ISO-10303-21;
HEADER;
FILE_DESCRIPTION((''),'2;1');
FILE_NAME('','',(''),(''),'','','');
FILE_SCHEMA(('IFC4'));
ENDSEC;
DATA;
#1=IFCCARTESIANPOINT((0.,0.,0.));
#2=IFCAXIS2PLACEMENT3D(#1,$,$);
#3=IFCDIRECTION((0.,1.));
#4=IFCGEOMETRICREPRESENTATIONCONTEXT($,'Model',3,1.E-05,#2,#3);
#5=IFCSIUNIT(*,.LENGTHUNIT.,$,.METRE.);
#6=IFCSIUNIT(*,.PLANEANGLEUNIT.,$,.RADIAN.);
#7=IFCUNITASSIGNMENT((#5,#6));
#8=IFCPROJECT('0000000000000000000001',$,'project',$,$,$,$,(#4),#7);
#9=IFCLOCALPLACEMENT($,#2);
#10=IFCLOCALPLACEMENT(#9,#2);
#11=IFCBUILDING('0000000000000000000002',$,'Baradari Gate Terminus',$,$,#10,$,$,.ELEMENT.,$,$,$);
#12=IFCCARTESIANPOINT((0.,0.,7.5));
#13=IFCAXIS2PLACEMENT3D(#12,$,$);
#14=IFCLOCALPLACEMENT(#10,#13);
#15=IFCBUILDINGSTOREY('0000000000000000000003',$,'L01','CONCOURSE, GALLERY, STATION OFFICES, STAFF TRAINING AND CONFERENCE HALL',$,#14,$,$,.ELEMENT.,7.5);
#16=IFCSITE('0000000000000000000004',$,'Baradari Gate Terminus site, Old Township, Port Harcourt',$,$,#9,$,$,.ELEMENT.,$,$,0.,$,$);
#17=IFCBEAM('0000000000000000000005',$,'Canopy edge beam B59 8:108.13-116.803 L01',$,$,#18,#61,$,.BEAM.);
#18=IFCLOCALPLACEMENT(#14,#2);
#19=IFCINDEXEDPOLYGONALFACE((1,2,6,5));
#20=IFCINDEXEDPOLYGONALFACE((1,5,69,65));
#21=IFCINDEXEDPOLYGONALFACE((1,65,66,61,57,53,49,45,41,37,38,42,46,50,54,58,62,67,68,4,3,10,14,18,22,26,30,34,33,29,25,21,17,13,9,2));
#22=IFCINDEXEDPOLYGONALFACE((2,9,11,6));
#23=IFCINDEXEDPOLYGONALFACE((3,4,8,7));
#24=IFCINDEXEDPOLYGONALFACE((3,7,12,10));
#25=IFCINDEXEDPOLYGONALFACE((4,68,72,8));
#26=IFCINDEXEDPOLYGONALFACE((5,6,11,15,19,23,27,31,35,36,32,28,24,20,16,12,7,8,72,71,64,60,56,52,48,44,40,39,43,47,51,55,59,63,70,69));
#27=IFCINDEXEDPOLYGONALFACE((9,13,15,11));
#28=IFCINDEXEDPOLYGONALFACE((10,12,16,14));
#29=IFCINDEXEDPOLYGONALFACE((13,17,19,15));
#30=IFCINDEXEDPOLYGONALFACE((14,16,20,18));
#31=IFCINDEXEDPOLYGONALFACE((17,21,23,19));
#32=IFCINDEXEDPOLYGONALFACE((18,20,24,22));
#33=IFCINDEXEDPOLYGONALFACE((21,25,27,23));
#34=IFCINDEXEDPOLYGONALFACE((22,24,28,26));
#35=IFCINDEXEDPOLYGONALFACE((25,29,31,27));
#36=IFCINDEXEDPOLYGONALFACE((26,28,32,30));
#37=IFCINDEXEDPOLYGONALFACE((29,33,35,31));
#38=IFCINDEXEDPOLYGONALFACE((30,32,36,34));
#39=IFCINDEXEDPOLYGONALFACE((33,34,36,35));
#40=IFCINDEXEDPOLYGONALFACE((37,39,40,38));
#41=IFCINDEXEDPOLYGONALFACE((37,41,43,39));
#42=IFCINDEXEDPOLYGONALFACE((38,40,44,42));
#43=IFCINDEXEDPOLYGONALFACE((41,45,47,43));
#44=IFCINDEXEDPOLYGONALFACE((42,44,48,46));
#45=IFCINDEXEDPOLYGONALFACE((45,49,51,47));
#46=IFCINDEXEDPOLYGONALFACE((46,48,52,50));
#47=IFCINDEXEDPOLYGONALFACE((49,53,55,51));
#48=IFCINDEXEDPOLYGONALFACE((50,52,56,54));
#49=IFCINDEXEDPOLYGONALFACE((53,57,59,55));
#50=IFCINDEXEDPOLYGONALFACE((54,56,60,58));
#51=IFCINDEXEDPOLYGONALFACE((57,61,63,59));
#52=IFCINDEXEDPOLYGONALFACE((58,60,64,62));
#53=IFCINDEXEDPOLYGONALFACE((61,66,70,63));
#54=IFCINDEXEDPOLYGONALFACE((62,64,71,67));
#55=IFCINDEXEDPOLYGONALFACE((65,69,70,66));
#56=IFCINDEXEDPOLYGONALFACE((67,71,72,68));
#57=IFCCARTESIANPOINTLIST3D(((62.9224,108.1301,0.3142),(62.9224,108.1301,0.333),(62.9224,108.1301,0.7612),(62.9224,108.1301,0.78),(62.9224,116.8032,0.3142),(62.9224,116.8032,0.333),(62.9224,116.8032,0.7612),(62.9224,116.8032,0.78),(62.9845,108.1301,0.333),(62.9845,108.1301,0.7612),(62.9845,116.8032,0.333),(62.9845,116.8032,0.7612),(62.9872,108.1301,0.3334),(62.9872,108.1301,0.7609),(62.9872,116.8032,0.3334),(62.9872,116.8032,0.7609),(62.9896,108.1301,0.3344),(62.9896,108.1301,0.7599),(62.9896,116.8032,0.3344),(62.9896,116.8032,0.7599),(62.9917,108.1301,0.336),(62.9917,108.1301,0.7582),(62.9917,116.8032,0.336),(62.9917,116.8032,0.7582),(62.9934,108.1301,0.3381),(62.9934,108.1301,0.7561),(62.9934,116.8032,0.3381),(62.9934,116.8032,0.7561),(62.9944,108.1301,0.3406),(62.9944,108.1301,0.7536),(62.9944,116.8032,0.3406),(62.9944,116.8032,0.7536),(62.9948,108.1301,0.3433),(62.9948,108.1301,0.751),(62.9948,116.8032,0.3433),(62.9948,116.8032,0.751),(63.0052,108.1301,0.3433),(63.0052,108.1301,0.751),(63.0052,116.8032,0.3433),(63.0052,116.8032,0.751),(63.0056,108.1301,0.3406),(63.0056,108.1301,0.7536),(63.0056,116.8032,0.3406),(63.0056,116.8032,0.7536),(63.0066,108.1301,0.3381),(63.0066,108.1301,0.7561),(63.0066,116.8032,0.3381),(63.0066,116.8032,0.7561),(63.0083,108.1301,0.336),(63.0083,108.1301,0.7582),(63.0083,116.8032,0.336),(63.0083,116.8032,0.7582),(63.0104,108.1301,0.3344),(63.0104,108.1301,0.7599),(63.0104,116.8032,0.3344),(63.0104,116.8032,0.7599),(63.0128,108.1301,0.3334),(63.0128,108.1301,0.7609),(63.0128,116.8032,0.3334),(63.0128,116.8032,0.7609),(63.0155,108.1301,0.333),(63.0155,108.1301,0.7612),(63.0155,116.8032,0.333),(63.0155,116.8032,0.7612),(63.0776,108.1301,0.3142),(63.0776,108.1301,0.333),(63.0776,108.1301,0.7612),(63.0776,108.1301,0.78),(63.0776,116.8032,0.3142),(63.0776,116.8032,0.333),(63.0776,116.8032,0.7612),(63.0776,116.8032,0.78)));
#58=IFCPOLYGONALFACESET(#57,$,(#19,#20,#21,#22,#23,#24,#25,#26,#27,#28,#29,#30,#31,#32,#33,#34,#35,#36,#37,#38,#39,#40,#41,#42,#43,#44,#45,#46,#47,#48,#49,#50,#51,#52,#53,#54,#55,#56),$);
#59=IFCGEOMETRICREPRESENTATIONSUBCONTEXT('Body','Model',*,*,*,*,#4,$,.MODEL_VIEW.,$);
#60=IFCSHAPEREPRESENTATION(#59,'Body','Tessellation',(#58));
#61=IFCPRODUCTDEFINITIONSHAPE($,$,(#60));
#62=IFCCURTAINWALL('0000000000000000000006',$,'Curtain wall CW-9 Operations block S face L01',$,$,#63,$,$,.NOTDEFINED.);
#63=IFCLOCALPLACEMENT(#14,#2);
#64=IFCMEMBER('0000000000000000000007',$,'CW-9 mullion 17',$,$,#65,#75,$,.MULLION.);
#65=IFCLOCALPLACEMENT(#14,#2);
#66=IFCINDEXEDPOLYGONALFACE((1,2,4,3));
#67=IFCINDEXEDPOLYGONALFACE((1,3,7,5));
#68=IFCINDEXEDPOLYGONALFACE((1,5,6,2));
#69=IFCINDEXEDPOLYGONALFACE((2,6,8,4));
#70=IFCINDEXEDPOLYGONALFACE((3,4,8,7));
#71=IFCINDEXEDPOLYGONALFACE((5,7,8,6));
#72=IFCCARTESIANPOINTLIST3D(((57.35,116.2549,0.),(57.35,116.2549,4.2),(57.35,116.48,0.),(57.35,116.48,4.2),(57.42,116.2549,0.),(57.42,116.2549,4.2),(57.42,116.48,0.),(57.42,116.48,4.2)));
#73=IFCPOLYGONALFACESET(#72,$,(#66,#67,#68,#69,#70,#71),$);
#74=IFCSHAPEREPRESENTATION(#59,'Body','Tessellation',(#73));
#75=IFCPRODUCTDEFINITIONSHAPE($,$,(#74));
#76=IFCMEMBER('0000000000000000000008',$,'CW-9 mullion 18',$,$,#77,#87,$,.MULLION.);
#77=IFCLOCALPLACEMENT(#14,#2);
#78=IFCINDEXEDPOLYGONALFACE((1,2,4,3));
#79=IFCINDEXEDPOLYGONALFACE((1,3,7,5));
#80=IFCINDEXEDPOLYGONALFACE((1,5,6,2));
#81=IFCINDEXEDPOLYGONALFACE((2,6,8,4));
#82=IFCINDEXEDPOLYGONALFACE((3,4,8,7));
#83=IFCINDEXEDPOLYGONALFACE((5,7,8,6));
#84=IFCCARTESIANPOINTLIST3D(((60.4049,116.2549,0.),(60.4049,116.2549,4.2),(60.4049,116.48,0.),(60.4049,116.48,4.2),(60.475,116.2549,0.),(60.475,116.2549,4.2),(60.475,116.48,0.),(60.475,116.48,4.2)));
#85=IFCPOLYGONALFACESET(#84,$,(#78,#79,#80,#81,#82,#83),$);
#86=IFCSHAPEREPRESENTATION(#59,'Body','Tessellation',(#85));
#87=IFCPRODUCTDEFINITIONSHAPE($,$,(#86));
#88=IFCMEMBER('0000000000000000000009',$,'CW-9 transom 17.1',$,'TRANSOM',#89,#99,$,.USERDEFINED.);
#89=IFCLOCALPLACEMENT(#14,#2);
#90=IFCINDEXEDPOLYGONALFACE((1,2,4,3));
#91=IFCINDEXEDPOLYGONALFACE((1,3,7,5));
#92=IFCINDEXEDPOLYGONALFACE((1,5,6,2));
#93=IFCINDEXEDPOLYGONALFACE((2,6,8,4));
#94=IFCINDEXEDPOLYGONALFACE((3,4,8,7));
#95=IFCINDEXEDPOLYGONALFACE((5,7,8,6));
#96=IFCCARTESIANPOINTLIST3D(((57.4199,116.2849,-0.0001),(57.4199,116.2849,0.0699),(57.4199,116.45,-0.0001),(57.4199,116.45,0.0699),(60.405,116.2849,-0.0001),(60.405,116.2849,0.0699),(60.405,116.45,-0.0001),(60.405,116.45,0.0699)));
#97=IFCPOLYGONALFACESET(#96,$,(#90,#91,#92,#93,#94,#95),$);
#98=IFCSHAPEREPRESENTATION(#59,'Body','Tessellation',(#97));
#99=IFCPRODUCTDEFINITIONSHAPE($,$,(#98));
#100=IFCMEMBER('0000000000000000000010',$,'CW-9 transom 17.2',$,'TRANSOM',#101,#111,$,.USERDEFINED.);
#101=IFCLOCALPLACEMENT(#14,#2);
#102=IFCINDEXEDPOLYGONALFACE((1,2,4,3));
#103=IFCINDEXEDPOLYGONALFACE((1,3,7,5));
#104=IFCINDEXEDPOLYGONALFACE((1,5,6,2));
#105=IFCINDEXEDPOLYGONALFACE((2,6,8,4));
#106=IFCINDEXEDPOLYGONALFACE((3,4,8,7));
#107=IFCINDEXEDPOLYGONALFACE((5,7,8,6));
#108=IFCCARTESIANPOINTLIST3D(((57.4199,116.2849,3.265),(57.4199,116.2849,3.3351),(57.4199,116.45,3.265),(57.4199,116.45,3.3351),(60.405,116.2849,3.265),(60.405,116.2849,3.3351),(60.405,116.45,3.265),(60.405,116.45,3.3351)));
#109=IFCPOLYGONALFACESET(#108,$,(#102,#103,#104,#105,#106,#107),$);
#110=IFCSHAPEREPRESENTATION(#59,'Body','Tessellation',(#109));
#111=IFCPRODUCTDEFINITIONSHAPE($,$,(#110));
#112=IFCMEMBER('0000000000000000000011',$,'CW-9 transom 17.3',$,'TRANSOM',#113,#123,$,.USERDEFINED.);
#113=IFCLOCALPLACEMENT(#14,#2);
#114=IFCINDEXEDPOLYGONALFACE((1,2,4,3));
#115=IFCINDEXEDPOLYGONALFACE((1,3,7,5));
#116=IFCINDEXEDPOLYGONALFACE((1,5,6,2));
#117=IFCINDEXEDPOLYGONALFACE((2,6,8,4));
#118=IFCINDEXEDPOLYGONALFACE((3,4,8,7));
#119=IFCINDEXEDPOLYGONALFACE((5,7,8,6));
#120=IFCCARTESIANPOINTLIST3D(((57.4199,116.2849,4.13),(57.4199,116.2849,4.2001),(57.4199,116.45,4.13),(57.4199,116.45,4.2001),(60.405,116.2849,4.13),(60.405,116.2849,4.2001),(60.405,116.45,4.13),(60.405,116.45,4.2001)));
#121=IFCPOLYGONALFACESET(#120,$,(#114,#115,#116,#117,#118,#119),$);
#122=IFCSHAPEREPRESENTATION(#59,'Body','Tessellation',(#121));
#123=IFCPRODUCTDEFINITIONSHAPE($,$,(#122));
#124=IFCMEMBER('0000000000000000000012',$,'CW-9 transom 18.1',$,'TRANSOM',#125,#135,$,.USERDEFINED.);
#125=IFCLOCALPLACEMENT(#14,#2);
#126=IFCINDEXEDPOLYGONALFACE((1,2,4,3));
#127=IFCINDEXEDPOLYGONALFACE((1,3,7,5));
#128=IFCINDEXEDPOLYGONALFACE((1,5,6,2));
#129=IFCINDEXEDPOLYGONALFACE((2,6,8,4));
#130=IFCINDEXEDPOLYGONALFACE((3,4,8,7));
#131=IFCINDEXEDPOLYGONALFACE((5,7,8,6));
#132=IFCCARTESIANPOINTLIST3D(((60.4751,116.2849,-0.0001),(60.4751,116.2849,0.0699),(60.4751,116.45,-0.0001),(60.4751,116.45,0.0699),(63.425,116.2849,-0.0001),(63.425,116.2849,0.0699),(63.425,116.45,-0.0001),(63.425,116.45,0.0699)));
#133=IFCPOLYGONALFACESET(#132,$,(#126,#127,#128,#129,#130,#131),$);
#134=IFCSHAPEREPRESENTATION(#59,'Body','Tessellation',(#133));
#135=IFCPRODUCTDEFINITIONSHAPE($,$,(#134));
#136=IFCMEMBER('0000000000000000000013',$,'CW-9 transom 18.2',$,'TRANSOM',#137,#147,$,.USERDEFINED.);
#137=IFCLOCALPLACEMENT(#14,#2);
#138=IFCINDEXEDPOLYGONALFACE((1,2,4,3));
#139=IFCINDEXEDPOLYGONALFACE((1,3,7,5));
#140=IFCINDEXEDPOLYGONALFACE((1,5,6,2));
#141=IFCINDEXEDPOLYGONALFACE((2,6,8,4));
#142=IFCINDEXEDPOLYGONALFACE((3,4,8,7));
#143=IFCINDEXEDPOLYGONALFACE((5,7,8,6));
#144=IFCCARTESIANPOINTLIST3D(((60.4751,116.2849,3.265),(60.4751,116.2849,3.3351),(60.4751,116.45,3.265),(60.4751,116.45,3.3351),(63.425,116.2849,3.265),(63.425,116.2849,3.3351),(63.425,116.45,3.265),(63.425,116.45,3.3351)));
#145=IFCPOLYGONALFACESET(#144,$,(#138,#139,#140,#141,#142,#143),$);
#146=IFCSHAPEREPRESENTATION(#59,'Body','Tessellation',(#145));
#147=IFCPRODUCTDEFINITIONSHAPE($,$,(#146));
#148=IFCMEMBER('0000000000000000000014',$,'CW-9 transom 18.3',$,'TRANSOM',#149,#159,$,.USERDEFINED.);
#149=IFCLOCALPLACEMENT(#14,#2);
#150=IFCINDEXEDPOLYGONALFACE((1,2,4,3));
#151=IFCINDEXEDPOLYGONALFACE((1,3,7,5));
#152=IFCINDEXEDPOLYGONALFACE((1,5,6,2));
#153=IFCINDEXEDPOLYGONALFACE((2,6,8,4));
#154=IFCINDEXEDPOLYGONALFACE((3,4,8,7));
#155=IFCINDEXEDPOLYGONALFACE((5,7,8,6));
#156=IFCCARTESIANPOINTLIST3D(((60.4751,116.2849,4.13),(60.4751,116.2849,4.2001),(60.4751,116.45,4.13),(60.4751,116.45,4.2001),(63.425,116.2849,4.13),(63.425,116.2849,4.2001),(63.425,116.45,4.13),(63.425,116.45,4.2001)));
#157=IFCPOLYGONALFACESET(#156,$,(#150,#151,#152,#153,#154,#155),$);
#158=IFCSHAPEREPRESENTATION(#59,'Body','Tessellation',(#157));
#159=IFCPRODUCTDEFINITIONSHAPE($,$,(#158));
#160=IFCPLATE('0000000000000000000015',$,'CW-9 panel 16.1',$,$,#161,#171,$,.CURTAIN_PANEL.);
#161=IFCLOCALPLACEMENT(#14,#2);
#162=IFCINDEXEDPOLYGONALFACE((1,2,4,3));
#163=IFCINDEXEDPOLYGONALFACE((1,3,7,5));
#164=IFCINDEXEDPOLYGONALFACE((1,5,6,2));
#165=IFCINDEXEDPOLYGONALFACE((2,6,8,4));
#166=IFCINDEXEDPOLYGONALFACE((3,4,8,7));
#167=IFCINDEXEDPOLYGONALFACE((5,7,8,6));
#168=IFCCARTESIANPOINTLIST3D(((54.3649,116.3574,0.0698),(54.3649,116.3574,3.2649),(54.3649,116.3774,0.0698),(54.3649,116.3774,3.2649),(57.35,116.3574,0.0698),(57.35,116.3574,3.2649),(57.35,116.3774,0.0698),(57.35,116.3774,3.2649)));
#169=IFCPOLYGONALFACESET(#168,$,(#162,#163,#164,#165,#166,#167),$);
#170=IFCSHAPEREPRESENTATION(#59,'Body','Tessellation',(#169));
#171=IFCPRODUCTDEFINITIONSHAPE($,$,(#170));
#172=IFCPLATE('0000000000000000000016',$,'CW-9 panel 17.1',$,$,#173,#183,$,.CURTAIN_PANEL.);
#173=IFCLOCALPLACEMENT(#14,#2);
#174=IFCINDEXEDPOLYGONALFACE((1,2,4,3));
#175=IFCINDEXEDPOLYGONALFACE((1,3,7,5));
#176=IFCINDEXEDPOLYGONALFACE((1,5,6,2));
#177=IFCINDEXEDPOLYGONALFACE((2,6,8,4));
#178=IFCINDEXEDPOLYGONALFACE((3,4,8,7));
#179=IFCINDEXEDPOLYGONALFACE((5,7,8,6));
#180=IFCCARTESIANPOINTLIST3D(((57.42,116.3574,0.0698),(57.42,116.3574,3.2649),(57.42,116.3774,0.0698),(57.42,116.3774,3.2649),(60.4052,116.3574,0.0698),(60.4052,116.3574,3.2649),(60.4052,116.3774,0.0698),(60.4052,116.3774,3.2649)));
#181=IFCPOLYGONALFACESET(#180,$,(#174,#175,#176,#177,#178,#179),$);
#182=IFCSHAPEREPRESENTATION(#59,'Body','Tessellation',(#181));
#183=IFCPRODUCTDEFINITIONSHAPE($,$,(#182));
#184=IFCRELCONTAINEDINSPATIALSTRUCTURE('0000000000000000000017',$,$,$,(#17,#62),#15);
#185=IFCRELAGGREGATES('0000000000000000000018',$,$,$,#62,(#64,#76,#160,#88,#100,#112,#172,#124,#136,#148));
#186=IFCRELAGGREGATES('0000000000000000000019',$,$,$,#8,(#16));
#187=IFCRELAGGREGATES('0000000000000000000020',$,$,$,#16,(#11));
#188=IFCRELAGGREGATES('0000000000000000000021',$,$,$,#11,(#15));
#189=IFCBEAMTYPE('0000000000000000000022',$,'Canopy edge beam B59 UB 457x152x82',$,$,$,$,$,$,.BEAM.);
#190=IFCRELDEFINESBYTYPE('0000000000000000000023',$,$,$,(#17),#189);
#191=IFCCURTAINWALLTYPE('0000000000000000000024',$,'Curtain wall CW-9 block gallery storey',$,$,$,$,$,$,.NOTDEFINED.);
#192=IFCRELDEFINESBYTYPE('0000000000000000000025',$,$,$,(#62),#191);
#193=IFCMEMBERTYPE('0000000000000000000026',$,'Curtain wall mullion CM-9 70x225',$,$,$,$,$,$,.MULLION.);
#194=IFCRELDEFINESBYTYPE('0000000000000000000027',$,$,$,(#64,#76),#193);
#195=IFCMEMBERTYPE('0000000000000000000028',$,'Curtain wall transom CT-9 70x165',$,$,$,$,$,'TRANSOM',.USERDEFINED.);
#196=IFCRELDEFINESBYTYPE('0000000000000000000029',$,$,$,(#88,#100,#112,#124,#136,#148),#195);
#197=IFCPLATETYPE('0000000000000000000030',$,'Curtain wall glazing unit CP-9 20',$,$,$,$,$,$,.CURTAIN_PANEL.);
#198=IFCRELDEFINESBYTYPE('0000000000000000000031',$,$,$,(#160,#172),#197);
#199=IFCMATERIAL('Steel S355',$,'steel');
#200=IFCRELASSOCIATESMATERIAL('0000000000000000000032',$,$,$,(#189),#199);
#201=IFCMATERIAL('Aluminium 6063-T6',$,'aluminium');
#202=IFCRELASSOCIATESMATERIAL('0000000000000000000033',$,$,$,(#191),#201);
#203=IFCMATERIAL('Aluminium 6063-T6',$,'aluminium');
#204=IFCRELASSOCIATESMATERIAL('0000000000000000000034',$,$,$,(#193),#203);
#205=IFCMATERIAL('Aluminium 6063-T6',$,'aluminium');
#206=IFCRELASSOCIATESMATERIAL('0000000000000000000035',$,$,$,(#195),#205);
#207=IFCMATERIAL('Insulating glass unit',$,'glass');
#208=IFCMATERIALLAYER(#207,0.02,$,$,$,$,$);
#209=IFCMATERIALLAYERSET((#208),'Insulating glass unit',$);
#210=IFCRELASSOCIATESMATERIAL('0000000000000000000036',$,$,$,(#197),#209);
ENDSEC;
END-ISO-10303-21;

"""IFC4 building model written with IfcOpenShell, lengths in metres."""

from ifc_helpers import new_model, si_unit, direction, frame, origin, origin_2d, place, context, subcontext, project, spatial, rectangle, i_section, extrude, material, layer, layer_set, material_profile, profile_set, type_object, element, aggregate, save


model = new_model("IFC4")

# Units and contexts
model_context = context("Model", 3, precision=1e-05, world=origin(), true_north=direction((0.0, 1.0)))
body_context = subcontext(model_context, "Body", "Model", "MODEL_VIEW")
ifc_project = project(units=[si_unit("LENGTHUNIT", "METRE"), si_unit("PLANEANGLEUNIT", "RADIAN")], contexts=[model_context])

# Site, building, storey
site_placement = place(None, origin())
site = spatial("IfcSite", under=ifc_project, at=site_placement, Name="Baradari Gate Terminus site, Old Township, Port Harcourt", CompositionType="ELEMENT", RefElevation=0.0)
building_placement = place(site_placement, origin())
building = spatial("IfcBuilding", under=site, at=building_placement, Name="Baradari Gate Terminus", CompositionType="ELEMENT")
storey_placement = place(building_placement, frame((0.0, 0.0, 7.5)))
storey = spatial("IfcBuildingStorey", under=building, at=storey_placement, Name="L01", Description="CONCOURSE, GALLERY, STATION OFFICES, STAFF TRAINING AND CONFERENCE HALL", CompositionType="ELEMENT", Elevation=7.5)

# Beam
ifc_material_1 = material(Name="Steel S355", Category="steel")
ifc_material_profile_1 = material_profile(ifc_material_1, i_section(OverallWidth=0.1553, OverallDepth=0.4658, WebThickness=0.0105, FlangeThickness=0.0188, FilletRadius=0.0103, at=origin_2d()), Name="UB 457x152x82")
ifc_profile_set_1 = profile_set([ifc_material_profile_1], Name="Steel S355")
beam_type = type_object("IfcBeamType", Name="Canopy edge beam B59 UB 457x152x82", PredefinedType="BEAM", material=ifc_profile_set_1)
beam_placement = place(storey_placement, frame((63.0, 108.1301, 0.5471), z_axis=(0.0, 1.0, 0.0), x_axis=(-1.0, 0.0, 0.0)))
element("IfcBeam", 1, at=beam_placement, inside=storey, type_object=beam_type, Name="Canopy edge beam B59 8:108.13-116.803 L01", PredefinedType="BEAM", context=body_context, shape_type="SweptSolid", body=[
    extrude(i_section(OverallWidth=0.1553, OverallDepth=0.4658, WebThickness=0.0105, FlangeThickness=0.0188, FilletRadius=0.0103, at=origin_2d()), origin(), (0.0, 0.0, 1.0), 8.6731),
])

# Curtain wall, members, plates
ifc_material_2 = material(Name="Aluminium 6063-T6", Category="aluminium")
curtain_wall_type = type_object("IfcCurtainWallType", Name="Curtain wall CW-9 block gallery storey", PredefinedType="NOTDEFINED", material=ifc_material_2)
curtain_wall_placement = place(storey_placement, origin())
curtain_wall = element("IfcCurtainWall", 2, at=curtain_wall_placement, inside=storey, type_object=curtain_wall_type, Name="Curtain wall CW-9 Operations block S face L01", PredefinedType="NOTDEFINED")
ifc_material_3 = material(Name="Aluminium 6063-T6", Category="aluminium")
ifc_material_profile_2 = material_profile(ifc_material_3, rectangle(XDim=0.2251, YDim=0.0701, at=origin_2d()), Name="CM-9 70X225")
ifc_profile_set_2 = profile_set([ifc_material_profile_2], Name="Aluminium 6063-T6")
member_type_1 = type_object("IfcMemberType", Name="Curtain wall mullion CM-9 70x225", PredefinedType="MULLION", material=ifc_profile_set_2)
member_1_placement = place(storey_placement, frame((57.385, 116.3674, 0.0), z_axis=(0.0, 0.0, 1.0), x_axis=(0.0, 1.0, 0.0)))
member_1 = element("IfcMember", 3, at=member_1_placement, type_object=member_type_1, Name="CW-9 mullion 17", PredefinedType="MULLION", context=body_context, shape_type="SweptSolid", body=[
    extrude(rectangle(XDim=0.2251, YDim=0.0701, at=origin_2d()), origin(), (0.0, 0.0, 1.0), 4.2),
])
member_2_placement = place(storey_placement, frame((60.4399, 116.3674, 0.0), z_axis=(0.0, 0.0, 1.0), x_axis=(0.0, 1.0, 0.0)))
member_2 = element("IfcMember", 4, at=member_2_placement, type_object=member_type_1, Name="CW-9 mullion 18", PredefinedType="MULLION", context=body_context, shape_type="SweptSolid", body=[
    extrude(rectangle(XDim=0.2251, YDim=0.0701, at=origin_2d()), origin(), (0.0, 0.0, 1.0), 4.2),
])
ifc_material_4 = material(Name="Aluminium 6063-T6", Category="aluminium")
ifc_material_profile_3 = material_profile(ifc_material_4, rectangle(XDim=0.165, YDim=0.0701, at=origin_2d()), Name="CT-9 70X165")
ifc_profile_set_3 = profile_set([ifc_material_profile_3], Name="Aluminium 6063-T6")
member_type_2 = type_object("IfcMemberType", Name="Curtain wall transom CT-9 70x165", ElementType="TRANSOM", PredefinedType="USERDEFINED", material=ifc_profile_set_3)
member_3_placement = place(storey_placement, frame((57.4199, 116.3674, 0.0349), z_axis=(1.0, 0.0, 0.0), x_axis=(0.0, 1.0, 0.0)))
member_3 = element("IfcMember", 5, at=member_3_placement, type_object=member_type_2, Name="CW-9 transom 17.1", ObjectType="TRANSOM", PredefinedType="USERDEFINED", context=body_context, shape_type="SweptSolid", body=[
    extrude(rectangle(XDim=0.165, YDim=0.0701, at=origin_2d()), origin(), (0.0, 0.0, 1.0), 2.9851),
])
member_4_placement = place(storey_placement, frame((57.4199, 116.3674, 3.3), z_axis=(1.0, 0.0, 0.0), x_axis=(0.0, 1.0, 0.0)))
member_4 = element("IfcMember", 6, at=member_4_placement, type_object=member_type_2, Name="CW-9 transom 17.2", ObjectType="TRANSOM", PredefinedType="USERDEFINED", context=body_context, shape_type="SweptSolid", body=[
    extrude(rectangle(XDim=0.165, YDim=0.0701, at=origin_2d()), origin(), (0.0, 0.0, 1.0), 2.9851),
])
member_5_placement = place(storey_placement, frame((57.4199, 116.3674, 4.165), z_axis=(1.0, 0.0, 0.0), x_axis=(0.0, 1.0, 0.0)))
member_5 = element("IfcMember", 7, at=member_5_placement, type_object=member_type_2, Name="CW-9 transom 17.3", ObjectType="TRANSOM", PredefinedType="USERDEFINED", context=body_context, shape_type="SweptSolid", body=[
    extrude(rectangle(XDim=0.165, YDim=0.0701, at=origin_2d()), origin(), (0.0, 0.0, 1.0), 2.9851),
])
member_6_placement = place(storey_placement, frame((60.4751, 116.3674, 0.0349), z_axis=(1.0, 0.0, 0.0), x_axis=(0.0, 1.0, 0.0)))
member_6 = element("IfcMember", 8, at=member_6_placement, type_object=member_type_2, Name="CW-9 transom 18.1", ObjectType="TRANSOM", PredefinedType="USERDEFINED", context=body_context, shape_type="SweptSolid", body=[
    extrude(rectangle(XDim=0.165, YDim=0.0701, at=origin_2d()), origin(), (0.0, 0.0, 1.0), 2.95),
])
member_7_placement = place(storey_placement, frame((60.4751, 116.3674, 3.3), z_axis=(1.0, 0.0, 0.0), x_axis=(0.0, 1.0, 0.0)))
member_7 = element("IfcMember", 9, at=member_7_placement, type_object=member_type_2, Name="CW-9 transom 18.2", ObjectType="TRANSOM", PredefinedType="USERDEFINED", context=body_context, shape_type="SweptSolid", body=[
    extrude(rectangle(XDim=0.165, YDim=0.0701, at=origin_2d()), origin(), (0.0, 0.0, 1.0), 2.95),
])
member_8_placement = place(storey_placement, frame((60.4751, 116.3674, 4.165), z_axis=(1.0, 0.0, 0.0), x_axis=(0.0, 1.0, 0.0)))
member_8 = element("IfcMember", 10, at=member_8_placement, type_object=member_type_2, Name="CW-9 transom 18.3", ObjectType="TRANSOM", PredefinedType="USERDEFINED", context=body_context, shape_type="SweptSolid", body=[
    extrude(rectangle(XDim=0.165, YDim=0.0701, at=origin_2d()), origin(), (0.0, 0.0, 1.0), 2.95),
])
ifc_material_5 = material(Name="Insulating glass unit", Category="glass")
ifc_layer_1 = layer(ifc_material_5, 0.02)
ifc_layer_set_1 = layer_set([ifc_layer_1], Name="Insulating glass unit")
plate_type_1 = type_object("IfcPlateType", Name="Curtain wall glazing unit CP-9 20", PredefinedType="CURTAIN_PANEL", material=ifc_layer_set_1)
plate_1_placement = place(storey_placement, frame((55.8574, 116.3674, 0.0698), z_axis=(0.0, 0.0, 1.0), x_axis=(1.0, 0.0, 0.0)))
plate_1 = element("IfcPlate", 11, at=plate_1_placement, type_object=plate_type_1, Name="CW-9 panel 16.1", PredefinedType="CURTAIN_PANEL", context=body_context, shape_type="SweptSolid", body=[
    extrude(rectangle(XDim=2.9851, YDim=0.02, at=origin_2d()), origin(), (0.0, 0.0, 1.0), 3.1951),
])
plate_2_placement = place(storey_placement, frame((58.9126, 116.3674, 0.0698), z_axis=(0.0, 0.0, 1.0), x_axis=(1.0, 0.0, 0.0)))
plate_2 = element("IfcPlate", 12, at=plate_2_placement, type_object=plate_type_1, Name="CW-9 panel 17.1", PredefinedType="CURTAIN_PANEL", context=body_context, shape_type="SweptSolid", body=[
    extrude(rectangle(XDim=2.9851, YDim=0.02, at=origin_2d()), origin(), (0.0, 0.0, 1.0), 3.1951),
])
aggregate(curtain_wall, [member_1, member_2, plate_1, member_3, member_4, member_5, plate_2, member_6, member_7, member_8])

save(model, "model.ifc")
